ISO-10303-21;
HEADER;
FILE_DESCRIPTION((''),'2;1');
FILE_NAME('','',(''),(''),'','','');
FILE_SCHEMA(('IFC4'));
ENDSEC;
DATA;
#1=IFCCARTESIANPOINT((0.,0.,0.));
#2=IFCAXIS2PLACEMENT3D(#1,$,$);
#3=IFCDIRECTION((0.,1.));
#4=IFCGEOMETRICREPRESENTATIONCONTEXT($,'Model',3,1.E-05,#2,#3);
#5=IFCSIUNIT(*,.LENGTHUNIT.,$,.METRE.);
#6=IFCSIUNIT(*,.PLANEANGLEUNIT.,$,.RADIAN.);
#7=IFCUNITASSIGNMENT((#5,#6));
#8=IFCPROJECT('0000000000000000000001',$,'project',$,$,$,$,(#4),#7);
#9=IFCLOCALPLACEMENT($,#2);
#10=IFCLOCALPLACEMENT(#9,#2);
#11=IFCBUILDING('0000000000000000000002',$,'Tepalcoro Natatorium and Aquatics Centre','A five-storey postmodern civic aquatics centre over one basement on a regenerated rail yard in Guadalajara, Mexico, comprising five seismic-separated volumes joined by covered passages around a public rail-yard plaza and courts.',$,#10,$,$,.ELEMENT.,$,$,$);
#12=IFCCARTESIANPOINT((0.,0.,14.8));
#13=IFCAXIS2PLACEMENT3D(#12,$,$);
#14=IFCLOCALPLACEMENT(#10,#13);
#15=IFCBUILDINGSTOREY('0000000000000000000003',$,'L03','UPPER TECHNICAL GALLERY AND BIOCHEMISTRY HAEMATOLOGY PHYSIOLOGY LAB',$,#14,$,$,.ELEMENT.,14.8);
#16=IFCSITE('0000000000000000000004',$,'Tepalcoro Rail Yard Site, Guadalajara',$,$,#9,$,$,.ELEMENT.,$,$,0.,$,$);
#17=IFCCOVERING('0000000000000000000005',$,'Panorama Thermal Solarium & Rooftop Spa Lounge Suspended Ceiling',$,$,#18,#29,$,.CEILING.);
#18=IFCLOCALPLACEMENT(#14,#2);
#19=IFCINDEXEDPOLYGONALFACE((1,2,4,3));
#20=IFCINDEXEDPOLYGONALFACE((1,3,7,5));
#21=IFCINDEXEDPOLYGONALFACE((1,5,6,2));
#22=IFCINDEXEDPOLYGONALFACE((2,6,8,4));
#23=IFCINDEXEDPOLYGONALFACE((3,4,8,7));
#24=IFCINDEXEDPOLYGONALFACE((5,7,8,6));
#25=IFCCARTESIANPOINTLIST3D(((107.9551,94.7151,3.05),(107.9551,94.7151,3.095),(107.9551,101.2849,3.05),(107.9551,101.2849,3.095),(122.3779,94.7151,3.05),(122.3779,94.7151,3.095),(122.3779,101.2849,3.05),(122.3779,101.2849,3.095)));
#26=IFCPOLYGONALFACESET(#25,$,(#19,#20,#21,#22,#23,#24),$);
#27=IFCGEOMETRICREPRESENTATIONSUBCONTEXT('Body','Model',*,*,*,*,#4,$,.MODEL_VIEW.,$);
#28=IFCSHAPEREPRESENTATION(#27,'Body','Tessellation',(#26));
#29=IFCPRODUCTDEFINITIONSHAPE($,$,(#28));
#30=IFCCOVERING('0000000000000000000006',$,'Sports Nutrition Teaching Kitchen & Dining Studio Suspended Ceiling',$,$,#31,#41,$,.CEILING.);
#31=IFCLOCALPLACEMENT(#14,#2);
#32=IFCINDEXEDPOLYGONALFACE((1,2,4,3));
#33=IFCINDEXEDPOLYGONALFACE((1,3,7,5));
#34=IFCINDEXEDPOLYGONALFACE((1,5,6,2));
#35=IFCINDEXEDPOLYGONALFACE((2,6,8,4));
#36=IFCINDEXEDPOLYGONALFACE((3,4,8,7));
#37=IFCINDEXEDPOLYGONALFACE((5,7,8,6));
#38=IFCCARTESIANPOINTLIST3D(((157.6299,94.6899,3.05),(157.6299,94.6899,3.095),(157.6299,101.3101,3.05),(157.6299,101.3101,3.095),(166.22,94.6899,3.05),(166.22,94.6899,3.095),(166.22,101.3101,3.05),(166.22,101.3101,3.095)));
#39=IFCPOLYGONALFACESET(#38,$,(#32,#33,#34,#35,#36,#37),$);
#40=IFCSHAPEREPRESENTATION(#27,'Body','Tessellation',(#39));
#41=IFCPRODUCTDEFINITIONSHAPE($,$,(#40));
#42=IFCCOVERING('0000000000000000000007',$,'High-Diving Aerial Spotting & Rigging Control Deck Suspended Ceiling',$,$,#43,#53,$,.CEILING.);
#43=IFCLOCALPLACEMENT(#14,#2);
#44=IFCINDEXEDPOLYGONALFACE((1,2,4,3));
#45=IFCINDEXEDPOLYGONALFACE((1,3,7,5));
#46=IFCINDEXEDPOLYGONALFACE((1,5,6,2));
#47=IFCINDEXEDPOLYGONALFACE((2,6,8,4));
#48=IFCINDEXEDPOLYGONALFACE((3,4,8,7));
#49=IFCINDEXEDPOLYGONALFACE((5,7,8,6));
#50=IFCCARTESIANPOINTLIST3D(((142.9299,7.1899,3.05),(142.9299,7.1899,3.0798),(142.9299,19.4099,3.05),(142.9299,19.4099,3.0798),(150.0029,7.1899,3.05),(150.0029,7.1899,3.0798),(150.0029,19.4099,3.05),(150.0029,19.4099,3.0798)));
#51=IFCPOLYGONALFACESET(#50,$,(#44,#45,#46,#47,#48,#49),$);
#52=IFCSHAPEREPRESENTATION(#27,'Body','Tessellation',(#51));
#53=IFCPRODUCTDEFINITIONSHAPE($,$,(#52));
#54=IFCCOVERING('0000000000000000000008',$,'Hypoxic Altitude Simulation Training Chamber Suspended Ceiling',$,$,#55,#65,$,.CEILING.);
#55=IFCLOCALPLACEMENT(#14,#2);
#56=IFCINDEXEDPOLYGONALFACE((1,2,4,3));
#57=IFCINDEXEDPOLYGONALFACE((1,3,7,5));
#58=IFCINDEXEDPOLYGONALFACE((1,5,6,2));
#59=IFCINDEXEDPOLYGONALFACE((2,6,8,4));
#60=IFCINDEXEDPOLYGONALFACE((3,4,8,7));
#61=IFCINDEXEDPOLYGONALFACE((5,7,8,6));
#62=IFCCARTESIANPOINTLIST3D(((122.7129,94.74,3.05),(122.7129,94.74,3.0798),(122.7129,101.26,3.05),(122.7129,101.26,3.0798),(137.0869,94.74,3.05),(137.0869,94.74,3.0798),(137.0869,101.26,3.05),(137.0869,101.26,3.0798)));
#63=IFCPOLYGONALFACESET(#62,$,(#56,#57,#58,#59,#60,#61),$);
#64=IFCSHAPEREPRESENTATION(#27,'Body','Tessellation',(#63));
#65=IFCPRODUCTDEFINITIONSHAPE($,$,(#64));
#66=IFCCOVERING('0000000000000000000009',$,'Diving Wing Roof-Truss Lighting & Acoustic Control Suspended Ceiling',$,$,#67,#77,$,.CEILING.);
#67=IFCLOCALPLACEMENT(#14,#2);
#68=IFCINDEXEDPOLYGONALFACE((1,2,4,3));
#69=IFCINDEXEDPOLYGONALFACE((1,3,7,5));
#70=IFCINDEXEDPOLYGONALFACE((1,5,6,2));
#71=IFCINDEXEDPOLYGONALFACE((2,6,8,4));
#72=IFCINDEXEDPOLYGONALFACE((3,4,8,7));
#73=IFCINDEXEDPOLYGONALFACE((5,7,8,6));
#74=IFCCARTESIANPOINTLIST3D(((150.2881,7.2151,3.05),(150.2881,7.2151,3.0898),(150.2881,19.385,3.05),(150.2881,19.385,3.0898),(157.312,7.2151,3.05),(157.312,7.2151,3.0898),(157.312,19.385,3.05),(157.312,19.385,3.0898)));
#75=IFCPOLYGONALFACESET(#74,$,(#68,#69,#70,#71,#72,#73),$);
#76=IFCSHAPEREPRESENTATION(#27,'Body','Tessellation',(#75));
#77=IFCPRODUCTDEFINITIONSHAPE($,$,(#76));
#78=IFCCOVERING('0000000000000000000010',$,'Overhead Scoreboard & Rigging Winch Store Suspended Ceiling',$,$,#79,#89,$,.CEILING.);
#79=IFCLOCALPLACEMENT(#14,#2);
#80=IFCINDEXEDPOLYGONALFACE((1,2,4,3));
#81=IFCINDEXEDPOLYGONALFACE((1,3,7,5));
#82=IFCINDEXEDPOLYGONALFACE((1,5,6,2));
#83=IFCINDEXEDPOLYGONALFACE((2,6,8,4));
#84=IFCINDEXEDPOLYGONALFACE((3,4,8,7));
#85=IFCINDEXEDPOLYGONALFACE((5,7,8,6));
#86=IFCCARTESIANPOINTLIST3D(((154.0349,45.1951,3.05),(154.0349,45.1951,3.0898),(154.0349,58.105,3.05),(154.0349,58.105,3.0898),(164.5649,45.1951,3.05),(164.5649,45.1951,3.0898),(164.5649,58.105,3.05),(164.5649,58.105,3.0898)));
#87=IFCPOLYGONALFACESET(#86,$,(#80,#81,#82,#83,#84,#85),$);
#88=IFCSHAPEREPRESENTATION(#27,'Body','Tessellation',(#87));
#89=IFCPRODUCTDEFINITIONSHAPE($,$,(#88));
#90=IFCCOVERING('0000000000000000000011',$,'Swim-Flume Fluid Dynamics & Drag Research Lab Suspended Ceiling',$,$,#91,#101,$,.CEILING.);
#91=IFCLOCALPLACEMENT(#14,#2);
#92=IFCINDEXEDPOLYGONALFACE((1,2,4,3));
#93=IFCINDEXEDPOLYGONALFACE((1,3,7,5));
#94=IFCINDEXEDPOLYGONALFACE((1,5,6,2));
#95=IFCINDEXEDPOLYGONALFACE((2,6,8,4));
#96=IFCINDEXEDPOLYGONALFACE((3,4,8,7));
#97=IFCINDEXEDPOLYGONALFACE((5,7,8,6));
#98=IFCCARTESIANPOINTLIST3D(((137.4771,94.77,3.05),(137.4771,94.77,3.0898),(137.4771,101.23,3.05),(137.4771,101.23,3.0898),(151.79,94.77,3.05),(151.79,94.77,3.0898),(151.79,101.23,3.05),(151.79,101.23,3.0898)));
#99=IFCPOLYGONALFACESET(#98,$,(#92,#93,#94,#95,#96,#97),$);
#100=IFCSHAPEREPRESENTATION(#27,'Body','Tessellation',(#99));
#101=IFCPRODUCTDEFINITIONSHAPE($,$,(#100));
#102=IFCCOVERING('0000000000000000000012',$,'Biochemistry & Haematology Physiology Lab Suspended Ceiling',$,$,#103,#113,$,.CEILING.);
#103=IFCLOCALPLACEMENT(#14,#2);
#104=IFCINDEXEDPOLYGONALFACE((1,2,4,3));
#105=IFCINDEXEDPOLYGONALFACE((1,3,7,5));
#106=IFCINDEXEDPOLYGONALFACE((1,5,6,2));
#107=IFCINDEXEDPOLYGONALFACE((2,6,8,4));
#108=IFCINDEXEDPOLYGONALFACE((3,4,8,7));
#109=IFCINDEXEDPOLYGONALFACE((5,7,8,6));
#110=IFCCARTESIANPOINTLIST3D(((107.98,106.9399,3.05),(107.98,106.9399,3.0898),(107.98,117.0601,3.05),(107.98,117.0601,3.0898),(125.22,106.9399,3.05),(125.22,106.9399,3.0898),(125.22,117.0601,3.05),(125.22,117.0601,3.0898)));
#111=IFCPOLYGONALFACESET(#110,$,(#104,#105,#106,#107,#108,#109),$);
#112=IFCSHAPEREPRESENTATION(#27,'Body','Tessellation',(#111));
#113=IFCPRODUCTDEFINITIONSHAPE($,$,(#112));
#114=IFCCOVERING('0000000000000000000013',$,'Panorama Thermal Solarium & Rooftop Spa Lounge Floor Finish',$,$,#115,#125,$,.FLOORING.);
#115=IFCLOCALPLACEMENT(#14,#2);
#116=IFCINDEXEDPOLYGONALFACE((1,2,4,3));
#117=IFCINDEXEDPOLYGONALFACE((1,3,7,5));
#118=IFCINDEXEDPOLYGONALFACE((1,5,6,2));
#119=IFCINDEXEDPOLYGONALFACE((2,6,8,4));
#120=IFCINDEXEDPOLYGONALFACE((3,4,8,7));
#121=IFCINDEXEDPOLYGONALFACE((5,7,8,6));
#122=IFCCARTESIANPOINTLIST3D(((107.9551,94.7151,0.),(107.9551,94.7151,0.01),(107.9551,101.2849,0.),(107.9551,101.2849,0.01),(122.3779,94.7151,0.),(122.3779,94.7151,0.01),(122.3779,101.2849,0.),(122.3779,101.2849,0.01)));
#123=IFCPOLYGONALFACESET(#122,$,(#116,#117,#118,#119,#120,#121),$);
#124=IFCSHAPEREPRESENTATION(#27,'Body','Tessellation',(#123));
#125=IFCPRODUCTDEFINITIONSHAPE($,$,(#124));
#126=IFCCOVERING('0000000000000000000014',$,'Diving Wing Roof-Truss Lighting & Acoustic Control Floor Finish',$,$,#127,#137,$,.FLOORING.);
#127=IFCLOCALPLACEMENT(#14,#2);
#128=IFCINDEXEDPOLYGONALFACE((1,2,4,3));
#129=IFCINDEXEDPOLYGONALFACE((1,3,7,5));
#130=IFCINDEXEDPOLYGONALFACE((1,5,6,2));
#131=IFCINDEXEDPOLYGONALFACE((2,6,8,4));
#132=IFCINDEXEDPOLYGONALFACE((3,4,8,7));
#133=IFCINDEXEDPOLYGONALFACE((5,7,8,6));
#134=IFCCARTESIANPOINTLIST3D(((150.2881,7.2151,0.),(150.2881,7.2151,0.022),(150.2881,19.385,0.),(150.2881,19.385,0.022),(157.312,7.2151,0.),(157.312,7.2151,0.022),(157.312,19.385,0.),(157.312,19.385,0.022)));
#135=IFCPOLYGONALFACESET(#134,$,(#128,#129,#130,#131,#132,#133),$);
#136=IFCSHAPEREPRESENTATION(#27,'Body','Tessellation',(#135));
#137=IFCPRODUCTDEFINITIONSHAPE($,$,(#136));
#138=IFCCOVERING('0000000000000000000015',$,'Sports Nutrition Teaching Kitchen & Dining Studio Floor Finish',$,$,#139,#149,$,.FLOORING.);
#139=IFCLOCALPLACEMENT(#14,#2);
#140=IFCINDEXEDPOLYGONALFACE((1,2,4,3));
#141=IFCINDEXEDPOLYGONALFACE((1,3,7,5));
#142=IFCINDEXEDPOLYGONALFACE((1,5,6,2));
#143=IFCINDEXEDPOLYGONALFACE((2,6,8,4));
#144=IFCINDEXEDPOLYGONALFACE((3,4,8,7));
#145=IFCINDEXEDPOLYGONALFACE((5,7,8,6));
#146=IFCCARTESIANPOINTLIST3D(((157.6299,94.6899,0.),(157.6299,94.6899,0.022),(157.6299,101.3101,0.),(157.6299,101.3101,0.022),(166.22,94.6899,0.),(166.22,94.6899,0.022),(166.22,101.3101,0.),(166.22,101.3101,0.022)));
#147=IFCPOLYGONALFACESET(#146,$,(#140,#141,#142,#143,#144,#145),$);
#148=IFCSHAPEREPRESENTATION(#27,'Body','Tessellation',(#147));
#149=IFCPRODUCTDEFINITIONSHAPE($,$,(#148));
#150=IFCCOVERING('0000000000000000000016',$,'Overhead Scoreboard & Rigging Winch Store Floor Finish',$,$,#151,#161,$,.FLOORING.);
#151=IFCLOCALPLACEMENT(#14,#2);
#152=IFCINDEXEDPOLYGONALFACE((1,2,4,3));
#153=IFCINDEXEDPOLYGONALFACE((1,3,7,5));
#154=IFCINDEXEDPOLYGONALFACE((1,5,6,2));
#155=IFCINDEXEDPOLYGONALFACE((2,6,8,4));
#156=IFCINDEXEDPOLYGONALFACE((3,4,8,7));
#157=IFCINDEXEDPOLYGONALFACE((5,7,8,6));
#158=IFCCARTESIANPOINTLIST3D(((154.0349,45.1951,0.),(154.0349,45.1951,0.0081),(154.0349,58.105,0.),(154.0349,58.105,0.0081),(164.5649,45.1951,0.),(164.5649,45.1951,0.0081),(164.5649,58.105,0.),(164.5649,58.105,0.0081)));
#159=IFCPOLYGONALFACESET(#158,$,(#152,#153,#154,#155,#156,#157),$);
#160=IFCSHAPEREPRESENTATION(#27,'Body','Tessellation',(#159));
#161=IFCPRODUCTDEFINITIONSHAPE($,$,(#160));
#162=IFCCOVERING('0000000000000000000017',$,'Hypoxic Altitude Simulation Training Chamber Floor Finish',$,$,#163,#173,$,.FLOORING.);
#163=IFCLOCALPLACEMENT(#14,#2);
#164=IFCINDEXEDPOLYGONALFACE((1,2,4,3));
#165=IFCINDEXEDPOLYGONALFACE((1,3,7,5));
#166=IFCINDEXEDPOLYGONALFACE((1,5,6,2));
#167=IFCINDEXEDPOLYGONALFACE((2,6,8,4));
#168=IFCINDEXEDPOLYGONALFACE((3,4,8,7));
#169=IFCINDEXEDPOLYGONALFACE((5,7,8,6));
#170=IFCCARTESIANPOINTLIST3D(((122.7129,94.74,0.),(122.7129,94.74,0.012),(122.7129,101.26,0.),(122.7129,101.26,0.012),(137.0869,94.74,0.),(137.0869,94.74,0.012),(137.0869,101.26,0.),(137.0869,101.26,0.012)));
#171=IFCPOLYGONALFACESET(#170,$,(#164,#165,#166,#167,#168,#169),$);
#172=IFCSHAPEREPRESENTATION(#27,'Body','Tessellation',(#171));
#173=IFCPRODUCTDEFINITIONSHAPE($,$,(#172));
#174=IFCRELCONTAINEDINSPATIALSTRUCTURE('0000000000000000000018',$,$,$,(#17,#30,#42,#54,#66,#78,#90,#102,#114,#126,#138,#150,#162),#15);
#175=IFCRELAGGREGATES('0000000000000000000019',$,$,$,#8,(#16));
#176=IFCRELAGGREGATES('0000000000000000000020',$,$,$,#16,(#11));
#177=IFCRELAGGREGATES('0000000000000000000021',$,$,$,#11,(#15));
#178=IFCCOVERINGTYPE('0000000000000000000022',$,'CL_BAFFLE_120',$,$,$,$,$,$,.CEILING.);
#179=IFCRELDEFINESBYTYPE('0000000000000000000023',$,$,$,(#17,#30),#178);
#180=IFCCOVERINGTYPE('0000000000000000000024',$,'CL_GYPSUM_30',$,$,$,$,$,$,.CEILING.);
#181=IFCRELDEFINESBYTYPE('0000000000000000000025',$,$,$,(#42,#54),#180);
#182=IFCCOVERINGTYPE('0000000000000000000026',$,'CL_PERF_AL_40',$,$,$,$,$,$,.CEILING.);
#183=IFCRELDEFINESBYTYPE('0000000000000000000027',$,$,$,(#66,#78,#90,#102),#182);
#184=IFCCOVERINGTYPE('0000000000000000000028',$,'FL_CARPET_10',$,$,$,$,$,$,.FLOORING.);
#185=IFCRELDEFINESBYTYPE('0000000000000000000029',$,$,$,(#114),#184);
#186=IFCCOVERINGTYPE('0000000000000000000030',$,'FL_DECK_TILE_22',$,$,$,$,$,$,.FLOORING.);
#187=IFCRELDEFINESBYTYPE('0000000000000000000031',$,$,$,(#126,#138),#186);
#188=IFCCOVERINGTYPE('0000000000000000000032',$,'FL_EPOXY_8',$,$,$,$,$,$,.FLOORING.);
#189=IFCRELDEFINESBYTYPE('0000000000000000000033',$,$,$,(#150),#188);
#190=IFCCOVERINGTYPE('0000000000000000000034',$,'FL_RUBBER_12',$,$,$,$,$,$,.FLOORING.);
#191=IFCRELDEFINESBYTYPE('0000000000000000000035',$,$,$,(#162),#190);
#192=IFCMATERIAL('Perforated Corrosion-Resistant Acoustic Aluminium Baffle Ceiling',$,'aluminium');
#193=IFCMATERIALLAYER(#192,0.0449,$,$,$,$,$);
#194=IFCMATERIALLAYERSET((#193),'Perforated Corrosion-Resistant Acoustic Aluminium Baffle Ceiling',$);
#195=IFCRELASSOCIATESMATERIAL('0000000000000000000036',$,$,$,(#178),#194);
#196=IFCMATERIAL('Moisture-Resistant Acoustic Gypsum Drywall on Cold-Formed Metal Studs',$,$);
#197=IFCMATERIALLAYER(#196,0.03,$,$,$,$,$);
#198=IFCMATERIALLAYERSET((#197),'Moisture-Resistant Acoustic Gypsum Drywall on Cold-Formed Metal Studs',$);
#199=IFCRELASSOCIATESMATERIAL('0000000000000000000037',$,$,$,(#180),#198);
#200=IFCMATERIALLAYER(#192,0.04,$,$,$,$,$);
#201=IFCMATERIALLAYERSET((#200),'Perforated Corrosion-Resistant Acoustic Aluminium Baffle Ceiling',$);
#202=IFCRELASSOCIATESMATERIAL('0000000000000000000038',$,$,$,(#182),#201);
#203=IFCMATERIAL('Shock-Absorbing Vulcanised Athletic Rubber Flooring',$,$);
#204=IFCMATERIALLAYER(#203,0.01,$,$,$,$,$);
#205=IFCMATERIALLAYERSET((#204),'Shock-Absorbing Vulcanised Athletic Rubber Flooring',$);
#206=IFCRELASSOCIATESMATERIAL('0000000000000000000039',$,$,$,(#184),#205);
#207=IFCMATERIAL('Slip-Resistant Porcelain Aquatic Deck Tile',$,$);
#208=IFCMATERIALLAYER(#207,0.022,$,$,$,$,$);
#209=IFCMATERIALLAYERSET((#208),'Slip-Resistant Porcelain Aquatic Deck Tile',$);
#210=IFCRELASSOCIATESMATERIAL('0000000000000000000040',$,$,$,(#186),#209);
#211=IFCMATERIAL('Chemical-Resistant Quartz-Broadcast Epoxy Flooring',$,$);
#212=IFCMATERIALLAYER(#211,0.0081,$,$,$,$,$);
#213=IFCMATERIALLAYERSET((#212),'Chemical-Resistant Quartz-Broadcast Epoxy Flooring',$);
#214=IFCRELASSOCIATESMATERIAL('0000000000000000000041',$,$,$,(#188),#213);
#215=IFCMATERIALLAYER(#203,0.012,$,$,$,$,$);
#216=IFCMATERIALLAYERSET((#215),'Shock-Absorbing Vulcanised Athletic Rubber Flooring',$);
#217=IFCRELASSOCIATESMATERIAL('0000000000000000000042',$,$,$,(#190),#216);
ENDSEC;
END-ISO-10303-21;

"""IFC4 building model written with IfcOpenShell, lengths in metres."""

from ifc_helpers import new_model, si_unit, direction, frame, origin, place, context, subcontext, project, spatial, polyline, outline, extrude, material, layer, layer_set, type_object, element, save


model = new_model("IFC4")

# Units and contexts
model_context = context("Model", 3, precision=1e-05, world=origin(), true_north=direction((0.0, 1.0)))
body_context = subcontext(model_context, "Body", "Model", "MODEL_VIEW")
ifc_project = project(units=[si_unit("LENGTHUNIT", "METRE"), si_unit("PLANEANGLEUNIT", "RADIAN")], contexts=[model_context])

# Site, building, storey
site_placement = place(None, origin())
site = spatial("IfcSite", under=ifc_project, at=site_placement, Name="Tepalcoro Rail Yard Site, Guadalajara", CompositionType="ELEMENT", RefElevation=0.0)
building_placement = place(site_placement, origin())
building = spatial("IfcBuilding", under=site, at=building_placement, Name="Tepalcoro Natatorium and Aquatics Centre", Description="A five-storey postmodern civic aquatics centre over one basement on a regenerated rail yard in Guadalajara, Mexico, comprising five seismic-separated volumes joined by covered passages around a public rail-yard plaza and courts.", CompositionType="ELEMENT")
storey_placement = place(building_placement, frame((0.0, 0.0, 14.8)))
storey = spatial("IfcBuildingStorey", under=building, at=storey_placement, Name="L03", Description="UPPER TECHNICAL GALLERY AND BIOCHEMISTRY HAEMATOLOGY PHYSIOLOGY LAB", CompositionType="ELEMENT", Elevation=14.8)

# Coverings
ifc_material_1 = material(Name="Perforated Corrosion-Resistant Acoustic Aluminium Baffle Ceiling", Category="aluminium")
ifc_layer_1 = layer(ifc_material_1, 0.0449)
ifc_layer_set_1 = layer_set([ifc_layer_1], Name="Perforated Corrosion-Resistant Acoustic Aluminium Baffle Ceiling")
covering_type_1 = type_object("IfcCoveringType", Name="CL_BAFFLE_120", PredefinedType="CEILING", material=ifc_layer_set_1)
covering_1_placement = place(storey_placement, frame((0.0, 0.0, 3.05)))
element("IfcCovering", 1, at=covering_1_placement, inside=storey, type_object=covering_type_1, Name="Panorama Thermal Solarium & Rooftop Spa Lounge Suspended Ceiling", PredefinedType="CEILING", context=body_context, shape_type="SweptSolid", body=[
    extrude(outline(polyline([(107.9551, 94.7151), (107.9551, 101.2849), (122.3779, 101.2849), (122.3779, 94.7151), (107.9551, 94.7151)])), origin(), (0.0, 0.0, 1.0), 0.0449),
])
covering_2_placement = place(storey_placement, frame((0.0, 0.0, 3.05)))
element("IfcCovering", 2, at=covering_2_placement, inside=storey, type_object=covering_type_1, Name="Sports Nutrition Teaching Kitchen & Dining Studio Suspended Ceiling", PredefinedType="CEILING", context=body_context, shape_type="SweptSolid", body=[
    extrude(outline(polyline([(157.6299, 94.6899), (157.6299, 101.3101), (166.22, 101.3101), (166.22, 94.6899), (157.6299, 94.6899)])), origin(), (0.0, 0.0, 1.0), 0.0449),
])
ifc_material_2 = material(Name="Moisture-Resistant Acoustic Gypsum Drywall on Cold-Formed Metal Studs")
ifc_layer_2 = layer(ifc_material_2, 0.03)
ifc_layer_set_2 = layer_set([ifc_layer_2], Name="Moisture-Resistant Acoustic Gypsum Drywall on Cold-Formed Metal Studs")
covering_type_2 = type_object("IfcCoveringType", Name="CL_GYPSUM_30", PredefinedType="CEILING", material=ifc_layer_set_2)
covering_3_placement = place(storey_placement, frame((0.0, 0.0, 3.05)))
element("IfcCovering", 3, at=covering_3_placement, inside=storey, type_object=covering_type_2, Name="High-Diving Aerial Spotting & Rigging Control Deck Suspended Ceiling", PredefinedType="CEILING", context=body_context, shape_type="SweptSolid", body=[
    extrude(outline(polyline([(142.9299, 7.1899), (142.9299, 19.4099), (150.0029, 19.4099), (150.0029, 7.1899), (142.9299, 7.1899)])), origin(), (0.0, 0.0, 1.0), 0.0298),
])
covering_4_placement = place(storey_placement, frame((0.0, 0.0, 3.05)))
element("IfcCovering", 4, at=covering_4_placement, inside=storey, type_object=covering_type_2, Name="Hypoxic Altitude Simulation Training Chamber Suspended Ceiling", PredefinedType="CEILING", context=body_context, shape_type="SweptSolid", body=[
    extrude(outline(polyline([(122.7129, 94.74), (122.7129, 101.26), (137.0869, 101.26), (137.0869, 94.74), (122.7129, 94.74)])), origin(), (0.0, 0.0, 1.0), 0.0298),
])
ifc_layer_3 = layer(ifc_material_1, 0.04)
ifc_layer_set_3 = layer_set([ifc_layer_3], Name="Perforated Corrosion-Resistant Acoustic Aluminium Baffle Ceiling")
covering_type_3 = type_object("IfcCoveringType", Name="CL_PERF_AL_40", PredefinedType="CEILING", material=ifc_layer_set_3)
covering_5_placement = place(storey_placement, frame((0.0, 0.0, 3.05)))
element("IfcCovering", 5, at=covering_5_placement, inside=storey, type_object=covering_type_3, Name="Diving Wing Roof-Truss Lighting & Acoustic Control Suspended Ceiling", PredefinedType="CEILING", context=body_context, shape_type="SweptSolid", body=[
    extrude(outline(polyline([(150.2881, 7.2151), (150.2881, 19.385), (157.312, 19.385), (157.312, 7.2151), (150.2881, 7.2151)])), origin(), (0.0, 0.0, 1.0), 0.0398),
])
covering_6_placement = place(storey_placement, frame((0.0, 0.0, 3.05)))
element("IfcCovering", 6, at=covering_6_placement, inside=storey, type_object=covering_type_3, Name="Overhead Scoreboard & Rigging Winch Store Suspended Ceiling", PredefinedType="CEILING", context=body_context, shape_type="SweptSolid", body=[
    extrude(outline(polyline([(154.0349, 45.1951), (154.0349, 58.105), (164.5649, 58.105), (164.5649, 45.1951), (154.0349, 45.1951)])), origin(), (0.0, 0.0, 1.0), 0.0398),
])
covering_7_placement = place(storey_placement, frame((0.0, 0.0, 3.05)))
element("IfcCovering", 7, at=covering_7_placement, inside=storey, type_object=covering_type_3, Name="Swim-Flume Fluid Dynamics & Drag Research Lab Suspended Ceiling", PredefinedType="CEILING", context=body_context, shape_type="SweptSolid", body=[
    extrude(outline(polyline([(137.4771, 94.77), (137.4771, 101.23), (151.79, 101.23), (151.79, 94.77), (137.4771, 94.77)])), origin(), (0.0, 0.0, 1.0), 0.0398),
])
covering_8_placement = place(storey_placement, frame((0.0, 0.0, 3.05)))
element("IfcCovering", 8, at=covering_8_placement, inside=storey, type_object=covering_type_3, Name="Biochemistry & Haematology Physiology Lab Suspended Ceiling", PredefinedType="CEILING", context=body_context, shape_type="SweptSolid", body=[
    extrude(outline(polyline([(107.98, 106.9399), (107.98, 117.0601), (125.22, 117.0601), (125.22, 106.9399), (107.98, 106.9399)])), origin(), (0.0, 0.0, 1.0), 0.0398),
])
ifc_material_3 = material(Name="Shock-Absorbing Vulcanised Athletic Rubber Flooring")
ifc_layer_4 = layer(ifc_material_3, 0.01)
ifc_layer_set_4 = layer_set([ifc_layer_4], Name="Shock-Absorbing Vulcanised Athletic Rubber Flooring")
covering_type_4 = type_object("IfcCoveringType", Name="FL_CARPET_10", PredefinedType="FLOORING", material=ifc_layer_set_4)
covering_9_placement = place(storey_placement, origin())
element("IfcCovering", 9, at=covering_9_placement, inside=storey, type_object=covering_type_4, Name="Panorama Thermal Solarium & Rooftop Spa Lounge Floor Finish", PredefinedType="FLOORING", context=body_context, shape_type="SweptSolid", body=[
    extrude(outline(polyline([(107.9551, 94.7151), (107.9551, 101.2849), (122.3779, 101.2849), (122.3779, 94.7151), (107.9551, 94.7151)])), origin(), (0.0, 0.0, 1.0), 0.01),
])
ifc_material_4 = material(Name="Slip-Resistant Porcelain Aquatic Deck Tile")
ifc_layer_5 = layer(ifc_material_4, 0.022)
ifc_layer_set_5 = layer_set([ifc_layer_5], Name="Slip-Resistant Porcelain Aquatic Deck Tile")
covering_type_5 = type_object("IfcCoveringType", Name="FL_DECK_TILE_22", PredefinedType="FLOORING", material=ifc_layer_set_5)
covering_10_placement = place(storey_placement, origin())
element("IfcCovering", 10, at=covering_10_placement, inside=storey, type_object=covering_type_5, Name="Diving Wing Roof-Truss Lighting & Acoustic Control Floor Finish", PredefinedType="FLOORING", context=body_context, shape_type="SweptSolid", body=[
    extrude(outline(polyline([(150.2881, 7.2151), (150.2881, 19.385), (157.312, 19.385), (157.312, 7.2151), (150.2881, 7.2151)])), origin(), (0.0, 0.0, 1.0), 0.022),
])
covering_11_placement = place(storey_placement, origin())
element("IfcCovering", 11, at=covering_11_placement, inside=storey, type_object=covering_type_5, Name="Sports Nutrition Teaching Kitchen & Dining Studio Floor Finish", PredefinedType="FLOORING", context=body_context, shape_type="SweptSolid", body=[
    extrude(outline(polyline([(157.6299, 94.6899), (157.6299, 101.3101), (166.22, 101.3101), (166.22, 94.6899), (157.6299, 94.6899)])), origin(), (0.0, 0.0, 1.0), 0.022),
])
ifc_material_5 = material(Name="Chemical-Resistant Quartz-Broadcast Epoxy Flooring")
ifc_layer_6 = layer(ifc_material_5, 0.0081)
ifc_layer_set_6 = layer_set([ifc_layer_6], Name="Chemical-Resistant Quartz-Broadcast Epoxy Flooring")
covering_type_6 = type_object("IfcCoveringType", Name="FL_EPOXY_8", PredefinedType="FLOORING", material=ifc_layer_set_6)
covering_12_placement = place(storey_placement, origin())
element("IfcCovering", 12, at=covering_12_placement, inside=storey, type_object=covering_type_6, Name="Overhead Scoreboard & Rigging Winch Store Floor Finish", PredefinedType="FLOORING", context=body_context, shape_type="SweptSolid", body=[
    extrude(outline(polyline([(154.0349, 45.1951), (154.0349, 58.105), (164.5649, 58.105), (164.5649, 45.1951), (154.0349, 45.1951)])), origin(), (0.0, 0.0, 1.0), 0.0081),
])
ifc_layer_7 = layer(ifc_material_3, 0.012)
ifc_layer_set_7 = layer_set([ifc_layer_7], Name="Shock-Absorbing Vulcanised Athletic Rubber Flooring")
covering_type_7 = type_object("IfcCoveringType", Name="FL_RUBBER_12", PredefinedType="FLOORING", material=ifc_layer_set_7)
covering_13_placement = place(storey_placement, origin())
element("IfcCovering", 13, at=covering_13_placement, inside=storey, type_object=covering_type_7, Name="Hypoxic Altitude Simulation Training Chamber Floor Finish", PredefinedType="FLOORING", context=body_context, shape_type="SweptSolid", body=[
    extrude(outline(polyline([(122.7129, 94.74), (122.7129, 101.26), (137.0869, 101.26), (137.0869, 94.74), (122.7129, 94.74)])), origin(), (0.0, 0.0, 1.0), 0.012),
])

save(model, "model.ifc")
